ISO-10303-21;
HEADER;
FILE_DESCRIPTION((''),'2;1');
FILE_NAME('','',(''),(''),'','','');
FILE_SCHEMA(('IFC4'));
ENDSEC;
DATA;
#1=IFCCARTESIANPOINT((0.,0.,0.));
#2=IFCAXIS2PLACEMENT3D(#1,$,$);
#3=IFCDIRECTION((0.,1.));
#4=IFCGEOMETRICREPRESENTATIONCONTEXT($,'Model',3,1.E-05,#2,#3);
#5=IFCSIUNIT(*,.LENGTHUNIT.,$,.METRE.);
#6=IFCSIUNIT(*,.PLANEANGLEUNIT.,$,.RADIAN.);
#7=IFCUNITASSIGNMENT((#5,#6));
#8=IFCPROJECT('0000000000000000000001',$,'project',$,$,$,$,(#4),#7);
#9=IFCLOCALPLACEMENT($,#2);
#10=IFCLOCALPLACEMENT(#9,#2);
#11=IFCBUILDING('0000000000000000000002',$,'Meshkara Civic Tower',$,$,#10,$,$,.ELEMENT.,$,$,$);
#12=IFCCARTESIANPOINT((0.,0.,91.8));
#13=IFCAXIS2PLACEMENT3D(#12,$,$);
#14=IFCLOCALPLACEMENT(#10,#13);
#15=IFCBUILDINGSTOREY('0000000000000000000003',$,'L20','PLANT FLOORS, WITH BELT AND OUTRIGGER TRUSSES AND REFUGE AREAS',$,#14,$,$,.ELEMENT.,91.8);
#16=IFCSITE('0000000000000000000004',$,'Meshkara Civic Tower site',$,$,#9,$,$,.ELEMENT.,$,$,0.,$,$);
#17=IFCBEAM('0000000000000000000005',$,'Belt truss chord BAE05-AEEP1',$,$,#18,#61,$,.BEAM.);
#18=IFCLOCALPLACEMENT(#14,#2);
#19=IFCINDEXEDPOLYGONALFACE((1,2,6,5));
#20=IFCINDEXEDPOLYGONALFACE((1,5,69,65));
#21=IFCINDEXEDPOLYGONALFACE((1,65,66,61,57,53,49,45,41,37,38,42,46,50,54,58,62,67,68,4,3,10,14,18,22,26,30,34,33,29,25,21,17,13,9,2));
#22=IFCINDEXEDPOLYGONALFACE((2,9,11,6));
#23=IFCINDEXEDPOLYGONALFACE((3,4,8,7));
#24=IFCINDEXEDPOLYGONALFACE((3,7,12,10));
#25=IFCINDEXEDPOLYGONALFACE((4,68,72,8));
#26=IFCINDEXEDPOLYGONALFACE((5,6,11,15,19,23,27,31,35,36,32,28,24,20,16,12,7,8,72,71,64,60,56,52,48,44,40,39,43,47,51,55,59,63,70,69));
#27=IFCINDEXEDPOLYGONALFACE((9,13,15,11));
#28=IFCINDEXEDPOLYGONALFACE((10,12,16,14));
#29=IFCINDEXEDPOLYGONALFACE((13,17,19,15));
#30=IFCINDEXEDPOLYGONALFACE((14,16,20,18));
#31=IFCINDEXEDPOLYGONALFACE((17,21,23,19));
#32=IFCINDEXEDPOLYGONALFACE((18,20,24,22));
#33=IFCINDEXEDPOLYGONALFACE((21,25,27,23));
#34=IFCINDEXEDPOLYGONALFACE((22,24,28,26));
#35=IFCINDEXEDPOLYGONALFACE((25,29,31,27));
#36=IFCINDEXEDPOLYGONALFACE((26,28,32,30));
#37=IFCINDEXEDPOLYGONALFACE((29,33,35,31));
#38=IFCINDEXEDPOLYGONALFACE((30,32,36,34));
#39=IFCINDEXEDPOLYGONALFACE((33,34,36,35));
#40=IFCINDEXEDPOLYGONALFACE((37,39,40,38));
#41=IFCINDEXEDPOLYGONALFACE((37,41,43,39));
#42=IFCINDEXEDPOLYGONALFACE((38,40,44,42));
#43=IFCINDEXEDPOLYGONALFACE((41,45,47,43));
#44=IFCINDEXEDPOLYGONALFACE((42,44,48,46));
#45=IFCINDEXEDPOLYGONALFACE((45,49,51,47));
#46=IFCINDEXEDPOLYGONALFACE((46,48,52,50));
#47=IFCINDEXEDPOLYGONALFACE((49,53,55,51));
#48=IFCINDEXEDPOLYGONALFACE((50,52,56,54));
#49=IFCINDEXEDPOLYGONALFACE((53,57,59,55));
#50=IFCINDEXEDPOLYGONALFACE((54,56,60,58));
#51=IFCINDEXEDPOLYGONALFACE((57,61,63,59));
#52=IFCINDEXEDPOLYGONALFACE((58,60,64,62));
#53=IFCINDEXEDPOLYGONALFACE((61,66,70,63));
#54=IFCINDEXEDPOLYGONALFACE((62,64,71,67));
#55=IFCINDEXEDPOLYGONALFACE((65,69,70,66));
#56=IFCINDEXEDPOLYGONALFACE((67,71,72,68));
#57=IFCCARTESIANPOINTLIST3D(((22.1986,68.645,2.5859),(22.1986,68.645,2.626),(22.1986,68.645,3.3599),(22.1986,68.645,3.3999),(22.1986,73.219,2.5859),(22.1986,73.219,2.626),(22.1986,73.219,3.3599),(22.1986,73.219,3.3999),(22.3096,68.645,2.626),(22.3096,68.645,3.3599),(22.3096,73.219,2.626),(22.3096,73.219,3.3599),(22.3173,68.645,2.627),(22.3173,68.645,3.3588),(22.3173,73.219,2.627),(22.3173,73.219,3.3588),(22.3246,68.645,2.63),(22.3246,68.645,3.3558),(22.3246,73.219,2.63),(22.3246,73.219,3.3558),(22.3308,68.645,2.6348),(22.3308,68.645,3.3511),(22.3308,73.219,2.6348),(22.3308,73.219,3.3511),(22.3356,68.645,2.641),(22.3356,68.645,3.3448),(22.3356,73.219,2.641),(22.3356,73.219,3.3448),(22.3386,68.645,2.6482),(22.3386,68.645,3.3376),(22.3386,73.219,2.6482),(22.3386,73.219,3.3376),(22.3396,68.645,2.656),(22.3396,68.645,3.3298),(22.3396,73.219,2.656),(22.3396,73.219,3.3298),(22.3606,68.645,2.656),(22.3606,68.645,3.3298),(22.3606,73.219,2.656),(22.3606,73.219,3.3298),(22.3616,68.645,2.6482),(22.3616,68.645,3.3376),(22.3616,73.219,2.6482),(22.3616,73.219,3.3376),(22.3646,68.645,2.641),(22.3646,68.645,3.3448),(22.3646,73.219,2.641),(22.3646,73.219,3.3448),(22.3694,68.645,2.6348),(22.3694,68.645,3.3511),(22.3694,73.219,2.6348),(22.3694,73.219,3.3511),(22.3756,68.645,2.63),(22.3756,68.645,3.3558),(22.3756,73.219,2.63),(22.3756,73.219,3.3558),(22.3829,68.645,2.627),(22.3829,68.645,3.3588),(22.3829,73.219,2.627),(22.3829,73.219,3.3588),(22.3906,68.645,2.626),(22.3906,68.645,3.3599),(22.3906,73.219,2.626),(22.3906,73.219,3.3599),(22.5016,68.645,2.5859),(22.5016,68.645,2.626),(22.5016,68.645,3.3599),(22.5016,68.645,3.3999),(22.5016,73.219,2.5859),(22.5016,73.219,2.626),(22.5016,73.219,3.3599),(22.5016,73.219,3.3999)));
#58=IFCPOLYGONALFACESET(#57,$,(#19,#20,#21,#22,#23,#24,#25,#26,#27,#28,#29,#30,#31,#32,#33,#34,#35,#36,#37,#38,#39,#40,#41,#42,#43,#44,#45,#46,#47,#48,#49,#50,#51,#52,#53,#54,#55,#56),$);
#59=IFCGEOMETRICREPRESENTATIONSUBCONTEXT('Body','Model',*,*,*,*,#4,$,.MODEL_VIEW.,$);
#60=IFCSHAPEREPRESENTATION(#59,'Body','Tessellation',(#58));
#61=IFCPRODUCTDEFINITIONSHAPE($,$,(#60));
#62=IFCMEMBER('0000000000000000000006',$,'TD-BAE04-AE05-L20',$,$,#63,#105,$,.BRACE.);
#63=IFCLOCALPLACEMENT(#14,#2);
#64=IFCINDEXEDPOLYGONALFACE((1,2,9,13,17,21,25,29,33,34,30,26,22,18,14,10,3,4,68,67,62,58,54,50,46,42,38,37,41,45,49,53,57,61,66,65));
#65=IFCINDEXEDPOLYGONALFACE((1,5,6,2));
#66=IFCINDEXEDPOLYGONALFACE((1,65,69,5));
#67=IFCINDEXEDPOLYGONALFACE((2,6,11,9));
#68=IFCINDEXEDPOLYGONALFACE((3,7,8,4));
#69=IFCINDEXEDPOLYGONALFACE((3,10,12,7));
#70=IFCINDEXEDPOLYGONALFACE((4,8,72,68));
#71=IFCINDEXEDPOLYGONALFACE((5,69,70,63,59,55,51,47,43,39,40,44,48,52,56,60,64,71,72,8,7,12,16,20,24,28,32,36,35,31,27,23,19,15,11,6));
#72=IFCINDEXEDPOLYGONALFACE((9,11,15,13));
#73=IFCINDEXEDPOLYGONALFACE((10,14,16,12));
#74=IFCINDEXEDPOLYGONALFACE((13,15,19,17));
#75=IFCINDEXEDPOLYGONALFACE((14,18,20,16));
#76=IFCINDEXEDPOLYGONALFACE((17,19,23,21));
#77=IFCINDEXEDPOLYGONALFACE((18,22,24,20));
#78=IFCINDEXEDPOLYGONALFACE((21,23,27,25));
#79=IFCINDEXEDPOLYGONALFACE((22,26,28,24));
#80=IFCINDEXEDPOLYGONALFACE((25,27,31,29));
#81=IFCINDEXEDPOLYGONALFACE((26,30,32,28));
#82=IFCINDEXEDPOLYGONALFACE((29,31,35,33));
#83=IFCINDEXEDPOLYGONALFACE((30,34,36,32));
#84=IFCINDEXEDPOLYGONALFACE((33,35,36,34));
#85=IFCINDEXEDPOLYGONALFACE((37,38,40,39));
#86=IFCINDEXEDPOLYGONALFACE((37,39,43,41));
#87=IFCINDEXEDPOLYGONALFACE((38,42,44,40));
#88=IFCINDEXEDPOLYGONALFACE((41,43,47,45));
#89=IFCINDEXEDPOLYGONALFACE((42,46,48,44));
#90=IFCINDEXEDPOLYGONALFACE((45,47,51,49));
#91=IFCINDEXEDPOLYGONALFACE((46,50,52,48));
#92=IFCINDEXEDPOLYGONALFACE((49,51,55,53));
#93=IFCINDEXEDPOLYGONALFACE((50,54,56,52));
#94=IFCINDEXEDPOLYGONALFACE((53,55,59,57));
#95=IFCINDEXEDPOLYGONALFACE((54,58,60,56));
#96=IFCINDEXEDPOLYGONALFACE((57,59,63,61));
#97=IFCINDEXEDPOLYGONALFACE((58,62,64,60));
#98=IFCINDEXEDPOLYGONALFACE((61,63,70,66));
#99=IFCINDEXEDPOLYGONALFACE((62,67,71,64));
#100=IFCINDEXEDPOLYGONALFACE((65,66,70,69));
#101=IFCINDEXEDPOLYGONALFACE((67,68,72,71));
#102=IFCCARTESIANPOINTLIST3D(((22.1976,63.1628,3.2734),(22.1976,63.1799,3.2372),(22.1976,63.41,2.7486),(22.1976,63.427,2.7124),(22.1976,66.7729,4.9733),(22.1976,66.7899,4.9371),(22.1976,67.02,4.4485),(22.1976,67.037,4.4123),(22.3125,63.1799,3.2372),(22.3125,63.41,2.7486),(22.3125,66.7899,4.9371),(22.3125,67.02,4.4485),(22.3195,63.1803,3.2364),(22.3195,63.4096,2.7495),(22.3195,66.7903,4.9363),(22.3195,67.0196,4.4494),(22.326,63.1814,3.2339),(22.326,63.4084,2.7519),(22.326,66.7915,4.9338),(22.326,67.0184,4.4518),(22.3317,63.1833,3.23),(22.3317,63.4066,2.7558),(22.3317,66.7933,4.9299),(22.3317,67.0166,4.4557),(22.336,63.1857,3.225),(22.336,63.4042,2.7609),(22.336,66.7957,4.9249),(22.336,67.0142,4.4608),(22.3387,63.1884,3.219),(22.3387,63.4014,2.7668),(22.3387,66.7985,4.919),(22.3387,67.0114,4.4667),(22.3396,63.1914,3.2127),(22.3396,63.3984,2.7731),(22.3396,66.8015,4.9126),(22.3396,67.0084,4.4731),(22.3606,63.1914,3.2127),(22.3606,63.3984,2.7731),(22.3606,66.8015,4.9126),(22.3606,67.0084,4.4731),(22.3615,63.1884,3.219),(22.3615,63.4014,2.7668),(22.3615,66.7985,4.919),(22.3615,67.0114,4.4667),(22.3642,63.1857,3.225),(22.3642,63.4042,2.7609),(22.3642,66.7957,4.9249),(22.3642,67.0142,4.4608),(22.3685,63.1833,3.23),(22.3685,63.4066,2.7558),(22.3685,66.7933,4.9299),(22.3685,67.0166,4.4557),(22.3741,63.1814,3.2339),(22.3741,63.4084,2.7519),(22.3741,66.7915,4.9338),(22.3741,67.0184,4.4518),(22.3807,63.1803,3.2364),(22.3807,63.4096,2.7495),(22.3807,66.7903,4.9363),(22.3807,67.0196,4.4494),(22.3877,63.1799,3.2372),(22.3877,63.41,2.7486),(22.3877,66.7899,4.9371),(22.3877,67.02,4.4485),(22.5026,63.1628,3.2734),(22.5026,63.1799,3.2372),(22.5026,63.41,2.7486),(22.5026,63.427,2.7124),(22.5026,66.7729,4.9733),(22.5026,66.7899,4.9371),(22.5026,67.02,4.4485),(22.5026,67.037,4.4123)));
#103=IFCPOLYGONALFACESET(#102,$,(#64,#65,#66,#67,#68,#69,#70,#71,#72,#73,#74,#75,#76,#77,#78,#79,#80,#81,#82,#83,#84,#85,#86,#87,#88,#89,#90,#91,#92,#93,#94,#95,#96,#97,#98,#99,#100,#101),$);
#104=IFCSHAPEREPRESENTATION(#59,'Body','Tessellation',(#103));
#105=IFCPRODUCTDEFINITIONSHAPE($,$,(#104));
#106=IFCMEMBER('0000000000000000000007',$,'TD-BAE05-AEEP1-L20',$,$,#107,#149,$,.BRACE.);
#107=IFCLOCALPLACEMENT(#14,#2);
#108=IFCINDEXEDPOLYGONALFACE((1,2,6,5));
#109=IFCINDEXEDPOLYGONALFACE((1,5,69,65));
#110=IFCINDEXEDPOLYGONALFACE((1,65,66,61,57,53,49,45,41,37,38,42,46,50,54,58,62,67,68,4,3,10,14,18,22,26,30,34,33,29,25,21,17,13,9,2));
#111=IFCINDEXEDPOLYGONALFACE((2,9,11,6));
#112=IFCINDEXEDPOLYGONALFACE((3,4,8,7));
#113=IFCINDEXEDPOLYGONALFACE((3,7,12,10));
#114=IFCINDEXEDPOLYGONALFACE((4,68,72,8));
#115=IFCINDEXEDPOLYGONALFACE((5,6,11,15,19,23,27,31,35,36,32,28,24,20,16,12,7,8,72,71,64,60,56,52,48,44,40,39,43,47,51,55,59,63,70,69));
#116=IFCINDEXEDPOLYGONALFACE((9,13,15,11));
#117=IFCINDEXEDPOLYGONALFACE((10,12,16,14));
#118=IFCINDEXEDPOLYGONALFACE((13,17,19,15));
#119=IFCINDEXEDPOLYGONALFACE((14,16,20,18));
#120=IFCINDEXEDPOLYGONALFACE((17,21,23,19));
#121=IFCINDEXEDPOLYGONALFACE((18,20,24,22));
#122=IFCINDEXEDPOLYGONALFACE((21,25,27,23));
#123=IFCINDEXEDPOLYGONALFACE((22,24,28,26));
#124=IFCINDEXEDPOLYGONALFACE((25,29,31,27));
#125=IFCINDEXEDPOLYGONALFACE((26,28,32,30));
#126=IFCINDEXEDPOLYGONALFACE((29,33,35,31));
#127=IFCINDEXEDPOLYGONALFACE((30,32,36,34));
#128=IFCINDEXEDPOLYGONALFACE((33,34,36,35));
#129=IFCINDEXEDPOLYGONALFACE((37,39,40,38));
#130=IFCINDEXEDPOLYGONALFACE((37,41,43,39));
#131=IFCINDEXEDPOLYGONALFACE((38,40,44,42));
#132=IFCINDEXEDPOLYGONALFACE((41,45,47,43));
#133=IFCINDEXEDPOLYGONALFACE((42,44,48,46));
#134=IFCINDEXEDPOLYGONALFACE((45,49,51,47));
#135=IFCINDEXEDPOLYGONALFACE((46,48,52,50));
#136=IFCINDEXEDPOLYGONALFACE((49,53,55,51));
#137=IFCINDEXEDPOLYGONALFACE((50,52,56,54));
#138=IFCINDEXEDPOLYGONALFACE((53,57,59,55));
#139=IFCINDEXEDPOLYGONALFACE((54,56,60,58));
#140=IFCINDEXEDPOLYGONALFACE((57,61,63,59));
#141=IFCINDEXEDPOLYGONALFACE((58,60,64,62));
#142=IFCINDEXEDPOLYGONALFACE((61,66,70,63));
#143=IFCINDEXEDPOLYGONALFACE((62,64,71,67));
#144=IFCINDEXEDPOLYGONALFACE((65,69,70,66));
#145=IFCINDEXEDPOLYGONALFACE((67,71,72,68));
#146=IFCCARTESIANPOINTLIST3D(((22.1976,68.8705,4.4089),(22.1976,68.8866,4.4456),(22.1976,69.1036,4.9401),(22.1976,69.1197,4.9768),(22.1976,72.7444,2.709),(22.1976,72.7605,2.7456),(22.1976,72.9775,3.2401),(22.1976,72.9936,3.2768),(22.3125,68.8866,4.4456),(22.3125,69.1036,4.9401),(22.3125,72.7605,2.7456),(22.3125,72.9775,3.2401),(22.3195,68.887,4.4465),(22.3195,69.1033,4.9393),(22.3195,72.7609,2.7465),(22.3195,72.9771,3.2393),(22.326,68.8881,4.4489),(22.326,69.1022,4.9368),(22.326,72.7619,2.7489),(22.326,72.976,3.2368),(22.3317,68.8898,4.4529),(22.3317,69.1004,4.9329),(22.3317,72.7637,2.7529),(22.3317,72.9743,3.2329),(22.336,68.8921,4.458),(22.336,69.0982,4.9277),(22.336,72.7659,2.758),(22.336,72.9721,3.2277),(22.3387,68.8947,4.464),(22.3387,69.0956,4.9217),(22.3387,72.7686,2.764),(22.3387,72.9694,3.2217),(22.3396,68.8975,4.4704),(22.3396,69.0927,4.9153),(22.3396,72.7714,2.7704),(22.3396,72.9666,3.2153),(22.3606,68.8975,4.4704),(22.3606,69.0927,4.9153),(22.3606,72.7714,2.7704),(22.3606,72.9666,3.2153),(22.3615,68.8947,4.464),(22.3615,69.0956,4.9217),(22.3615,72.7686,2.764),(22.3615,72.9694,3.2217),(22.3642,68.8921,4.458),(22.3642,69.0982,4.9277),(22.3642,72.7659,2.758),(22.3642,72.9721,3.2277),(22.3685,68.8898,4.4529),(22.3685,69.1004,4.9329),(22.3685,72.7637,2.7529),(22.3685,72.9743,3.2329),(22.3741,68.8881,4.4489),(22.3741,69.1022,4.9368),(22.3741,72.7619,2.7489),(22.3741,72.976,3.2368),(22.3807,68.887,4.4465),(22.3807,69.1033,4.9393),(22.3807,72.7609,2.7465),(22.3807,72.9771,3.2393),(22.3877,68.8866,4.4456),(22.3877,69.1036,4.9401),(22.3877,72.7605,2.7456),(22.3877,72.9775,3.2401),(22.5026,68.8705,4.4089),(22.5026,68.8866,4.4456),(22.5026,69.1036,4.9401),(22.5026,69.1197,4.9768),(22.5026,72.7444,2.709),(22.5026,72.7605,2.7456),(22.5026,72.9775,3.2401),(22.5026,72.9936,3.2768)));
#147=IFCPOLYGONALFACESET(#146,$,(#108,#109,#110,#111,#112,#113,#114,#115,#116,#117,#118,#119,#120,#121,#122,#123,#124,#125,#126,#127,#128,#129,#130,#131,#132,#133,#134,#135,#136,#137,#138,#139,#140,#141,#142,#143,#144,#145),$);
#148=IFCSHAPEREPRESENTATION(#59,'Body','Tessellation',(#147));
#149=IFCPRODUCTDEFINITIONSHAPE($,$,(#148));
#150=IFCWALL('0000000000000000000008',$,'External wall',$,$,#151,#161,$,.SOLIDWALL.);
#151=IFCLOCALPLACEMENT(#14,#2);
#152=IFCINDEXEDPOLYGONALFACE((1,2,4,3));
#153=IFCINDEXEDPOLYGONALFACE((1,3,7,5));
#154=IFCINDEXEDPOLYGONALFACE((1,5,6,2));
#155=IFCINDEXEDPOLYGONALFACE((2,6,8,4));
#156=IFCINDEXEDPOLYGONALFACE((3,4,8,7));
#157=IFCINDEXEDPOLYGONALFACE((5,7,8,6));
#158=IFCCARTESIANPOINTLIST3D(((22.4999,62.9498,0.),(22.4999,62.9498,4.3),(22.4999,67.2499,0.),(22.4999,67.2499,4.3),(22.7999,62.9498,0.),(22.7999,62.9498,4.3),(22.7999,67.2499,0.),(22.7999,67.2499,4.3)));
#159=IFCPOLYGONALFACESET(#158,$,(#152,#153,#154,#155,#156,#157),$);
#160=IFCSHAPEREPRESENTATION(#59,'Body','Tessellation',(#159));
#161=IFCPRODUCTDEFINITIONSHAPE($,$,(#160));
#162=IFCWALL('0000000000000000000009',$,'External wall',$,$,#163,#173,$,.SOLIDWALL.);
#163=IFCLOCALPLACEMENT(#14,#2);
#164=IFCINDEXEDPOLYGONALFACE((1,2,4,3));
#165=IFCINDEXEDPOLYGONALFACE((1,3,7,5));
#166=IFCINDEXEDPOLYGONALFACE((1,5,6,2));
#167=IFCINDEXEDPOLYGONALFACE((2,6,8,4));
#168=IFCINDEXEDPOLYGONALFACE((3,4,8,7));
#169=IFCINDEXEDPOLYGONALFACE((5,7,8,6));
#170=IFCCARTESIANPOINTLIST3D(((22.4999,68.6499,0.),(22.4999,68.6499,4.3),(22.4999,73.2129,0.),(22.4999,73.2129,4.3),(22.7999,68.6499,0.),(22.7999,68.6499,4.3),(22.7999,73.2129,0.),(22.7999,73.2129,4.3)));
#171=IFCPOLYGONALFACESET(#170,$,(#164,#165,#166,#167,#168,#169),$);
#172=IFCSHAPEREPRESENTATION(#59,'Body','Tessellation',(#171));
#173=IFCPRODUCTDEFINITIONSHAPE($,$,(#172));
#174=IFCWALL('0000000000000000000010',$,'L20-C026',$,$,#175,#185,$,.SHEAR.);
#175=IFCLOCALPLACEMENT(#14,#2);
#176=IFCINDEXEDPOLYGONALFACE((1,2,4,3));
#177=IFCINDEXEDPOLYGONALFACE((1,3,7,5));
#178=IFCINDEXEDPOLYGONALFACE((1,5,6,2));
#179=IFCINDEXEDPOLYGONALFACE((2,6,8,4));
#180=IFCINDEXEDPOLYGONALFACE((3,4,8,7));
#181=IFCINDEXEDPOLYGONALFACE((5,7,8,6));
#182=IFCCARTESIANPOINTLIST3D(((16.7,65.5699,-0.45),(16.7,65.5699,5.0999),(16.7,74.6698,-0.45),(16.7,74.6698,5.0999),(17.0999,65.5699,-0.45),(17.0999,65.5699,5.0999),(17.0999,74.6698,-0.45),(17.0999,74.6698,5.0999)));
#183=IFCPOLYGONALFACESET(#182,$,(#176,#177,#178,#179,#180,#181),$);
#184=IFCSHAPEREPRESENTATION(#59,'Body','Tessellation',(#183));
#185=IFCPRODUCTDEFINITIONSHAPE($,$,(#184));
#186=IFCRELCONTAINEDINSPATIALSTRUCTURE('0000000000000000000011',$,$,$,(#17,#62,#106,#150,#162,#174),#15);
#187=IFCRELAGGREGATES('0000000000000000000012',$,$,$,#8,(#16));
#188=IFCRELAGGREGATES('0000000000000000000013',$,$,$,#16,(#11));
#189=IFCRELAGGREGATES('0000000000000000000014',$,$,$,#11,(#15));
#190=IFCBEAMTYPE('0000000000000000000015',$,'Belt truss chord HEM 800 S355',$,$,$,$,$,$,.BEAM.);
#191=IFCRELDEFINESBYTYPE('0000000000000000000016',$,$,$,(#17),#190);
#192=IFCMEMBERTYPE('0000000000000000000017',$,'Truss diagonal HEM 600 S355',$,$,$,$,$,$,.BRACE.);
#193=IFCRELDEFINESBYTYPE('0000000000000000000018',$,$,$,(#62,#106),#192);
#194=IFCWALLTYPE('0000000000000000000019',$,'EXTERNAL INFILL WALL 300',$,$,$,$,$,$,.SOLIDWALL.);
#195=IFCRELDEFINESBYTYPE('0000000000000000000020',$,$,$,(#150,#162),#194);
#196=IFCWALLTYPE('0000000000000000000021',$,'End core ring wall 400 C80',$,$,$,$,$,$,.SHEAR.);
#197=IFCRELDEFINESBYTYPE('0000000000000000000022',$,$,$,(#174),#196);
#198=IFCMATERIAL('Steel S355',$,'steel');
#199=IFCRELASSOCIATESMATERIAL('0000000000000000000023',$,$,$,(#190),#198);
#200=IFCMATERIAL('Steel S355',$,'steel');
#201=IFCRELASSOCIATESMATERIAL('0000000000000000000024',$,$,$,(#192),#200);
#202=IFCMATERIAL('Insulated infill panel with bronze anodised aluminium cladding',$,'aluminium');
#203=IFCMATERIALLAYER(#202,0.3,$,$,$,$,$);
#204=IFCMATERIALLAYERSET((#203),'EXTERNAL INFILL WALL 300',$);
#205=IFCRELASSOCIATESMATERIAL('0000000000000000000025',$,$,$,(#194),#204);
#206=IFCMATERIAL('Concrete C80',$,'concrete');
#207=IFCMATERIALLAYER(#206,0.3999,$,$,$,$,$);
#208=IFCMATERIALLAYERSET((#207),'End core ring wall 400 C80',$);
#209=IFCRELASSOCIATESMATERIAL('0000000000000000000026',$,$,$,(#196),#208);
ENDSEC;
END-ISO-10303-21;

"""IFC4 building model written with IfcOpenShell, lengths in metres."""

from ifc_helpers import new_model, si_unit, direction, frame, frame_2d, origin, origin_2d, place, context, subcontext, project, spatial, rectangle, i_section, extrude, material, layer, layer_set, material_profile, profile_set, type_object, element, save


model = new_model("IFC4")

# Units and contexts
model_context = context("Model", 3, precision=1e-05, world=origin(), true_north=direction((0.0, 1.0)))
body_context = subcontext(model_context, "Body", "Model", "MODEL_VIEW")
ifc_project = project(units=[si_unit("LENGTHUNIT", "METRE"), si_unit("PLANEANGLEUNIT", "RADIAN")], contexts=[model_context])

# Site, building, storey
site_placement = place(None, origin())
site = spatial("IfcSite", under=ifc_project, at=site_placement, Name="Meshkara Civic Tower site", CompositionType="ELEMENT", RefElevation=0.0)
building_placement = place(site_placement, origin())
building = spatial("IfcBuilding", under=site, at=building_placement, Name="Meshkara Civic Tower", CompositionType="ELEMENT")
storey_placement = place(building_placement, frame((0.0, 0.0, 91.8)))
storey = spatial("IfcBuildingStorey", under=building, at=storey_placement, Name="L20", Description="PLANT FLOORS, WITH BELT AND OUTRIGGER TRUSSES AND REFUGE AREAS", CompositionType="ELEMENT", Elevation=91.8)

# Beam
ifc_material_1 = material(Name="Steel S355", Category="steel")
ifc_material_profile_1 = material_profile(ifc_material_1, i_section(OverallWidth=0.303, OverallDepth=0.814, WebThickness=0.021, FlangeThickness=0.04, FilletRadius=0.03, at=origin_2d()))
ifc_profile_set_1 = profile_set([ifc_material_profile_1], Name="Steel S355")
beam_type = type_object("IfcBeamType", Name="Belt truss chord HEM 800 S355", PredefinedType="BEAM", material=ifc_profile_set_1)
for number, where, z_axis, x_axis, name in (
    (1, (22.3501, 68.645, 2.9929), (0.0, 1.0, 0.0), (-1.0, 0.0, 0.0), "Belt truss chord BAE05-AEEP1"),
):
    element("IfcBeam", number, at=place(storey_placement, frame(where, z_axis=z_axis, x_axis=x_axis)), inside=storey, type_object=beam_type, Name=name, PredefinedType="BEAM", context=body_context, shape_type="SweptSolid", body=[
        extrude(i_section(OverallWidth=0.303, OverallDepth=0.814, WebThickness=0.021, FlangeThickness=0.04, FilletRadius=0.03, at=origin_2d()), origin(), (0.0, 0.0, 1.0), 4.574),
    ])

# Members
ifc_material_2 = material(Name="Steel S355", Category="steel")
ifc_material_profile_2 = material_profile(ifc_material_2, i_section(OverallWidth=0.3049, OverallDepth=0.6201, WebThickness=0.021, FlangeThickness=0.04, FilletRadius=0.0271, at=origin_2d()))
ifc_profile_set_2 = profile_set([ifc_material_profile_2], Name="Steel S355")
member_type = type_object("IfcMemberType", Name="Truss diagonal HEM 600 S355", PredefinedType="BRACE", material=ifc_profile_set_2)
member_1_placement = place(storey_placement, frame((22.3501, 63.2949, 2.9929), z_axis=(0.0, 0.904715, 0.426018), x_axis=(-1.0, 0.0, 0.0)))
element("IfcMember", 2, at=member_1_placement, inside=storey, type_object=member_type, Name="TD-BAE04-AE05-L20", PredefinedType="BRACE", context=body_context, shape_type="SweptSolid", body=[
    extrude(i_section(OverallWidth=0.3049, OverallDepth=0.6201, WebThickness=0.021, FlangeThickness=0.04, FilletRadius=0.0271, at=origin_2d()), origin(), (0.0, 0.0, 1.0), 3.9902),
])
member_2_placement = place(storey_placement, frame((22.3501, 68.9951, 4.6929), z_axis=(0.0, 0.915708, -0.401845), x_axis=(-1.0, 0.0, 0.0)))
element("IfcMember", 3, at=member_2_placement, inside=storey, type_object=member_type, Name="TD-BAE05-AEEP1-L20", PredefinedType="BRACE", context=body_context, shape_type="SweptSolid", body=[
    extrude(i_section(OverallWidth=0.3049, OverallDepth=0.6201, WebThickness=0.021, FlangeThickness=0.04, FilletRadius=0.0271, at=origin_2d()), origin(), (0.0, 0.0, 1.0), 4.2305),
])

# Walls
ifc_material_3 = material(Name="Insulated infill panel with bronze anodised aluminium cladding", Category="aluminium")
ifc_layer_1 = layer(ifc_material_3, 0.3)
ifc_layer_set_1 = layer_set([ifc_layer_1], Name="EXTERNAL INFILL WALL 300")
wall_type_1 = type_object("IfcWallType", Name="EXTERNAL INFILL WALL 300", PredefinedType="SOLIDWALL", material=ifc_layer_set_1)
wall_1_placement = place(storey_placement, frame((22.6499, 62.95, 0.0), z_axis=(0.0, 0.0, 1.0), x_axis=(0.0, 1.0, 0.0)))
element("IfcWall", 4, at=wall_1_placement, inside=storey, type_object=wall_type_1, Name="External wall", PredefinedType="SOLIDWALL", context=body_context, shape_type="SweptSolid", body=[
    extrude(rectangle(XDim=4.3, YDim=0.3, at=frame_2d((2.1499, 0.0))), origin(), (0.0, 0.0, 1.0), 4.3),
])
wall_2_placement = place(storey_placement, frame((22.6499, 68.6499, 0.0), z_axis=(0.0, 0.0, 1.0), x_axis=(0.0, 1.0, 0.0)))
element("IfcWall", 5, at=wall_2_placement, inside=storey, type_object=wall_type_1, Name="External wall", PredefinedType="SOLIDWALL", context=body_context, shape_type="SweptSolid", body=[
    extrude(rectangle(XDim=4.563, YDim=0.3, at=frame_2d((2.2815, 0.0))), origin(), (0.0, 0.0, 1.0), 4.3),
])
ifc_material_4 = material(Name="Concrete C80", Category="concrete")
ifc_layer_2 = layer(ifc_material_4, 0.3999)
ifc_layer_set_2 = layer_set([ifc_layer_2], Name="End core ring wall 400 C80")
wall_type_2 = type_object("IfcWallType", Name="End core ring wall 400 C80", PredefinedType="SHEAR", material=ifc_layer_set_2)
wall_3_placement = place(storey_placement, frame((16.8999, 65.5701, -0.45), z_axis=(0.0, 0.0, 1.0), x_axis=(0.0, 1.0, 0.0)))
element("IfcWall", 6, at=wall_3_placement, inside=storey, type_object=wall_type_2, Name="L20-C026", PredefinedType="SHEAR", context=body_context, shape_type="SweptSolid", body=[
    extrude(rectangle(XDim=9.0999, YDim=0.3999, at=frame_2d((4.5498, 0.0))), origin(), (0.0, 0.0, 1.0), 5.5498),
])

save(model, "model.ifc")
